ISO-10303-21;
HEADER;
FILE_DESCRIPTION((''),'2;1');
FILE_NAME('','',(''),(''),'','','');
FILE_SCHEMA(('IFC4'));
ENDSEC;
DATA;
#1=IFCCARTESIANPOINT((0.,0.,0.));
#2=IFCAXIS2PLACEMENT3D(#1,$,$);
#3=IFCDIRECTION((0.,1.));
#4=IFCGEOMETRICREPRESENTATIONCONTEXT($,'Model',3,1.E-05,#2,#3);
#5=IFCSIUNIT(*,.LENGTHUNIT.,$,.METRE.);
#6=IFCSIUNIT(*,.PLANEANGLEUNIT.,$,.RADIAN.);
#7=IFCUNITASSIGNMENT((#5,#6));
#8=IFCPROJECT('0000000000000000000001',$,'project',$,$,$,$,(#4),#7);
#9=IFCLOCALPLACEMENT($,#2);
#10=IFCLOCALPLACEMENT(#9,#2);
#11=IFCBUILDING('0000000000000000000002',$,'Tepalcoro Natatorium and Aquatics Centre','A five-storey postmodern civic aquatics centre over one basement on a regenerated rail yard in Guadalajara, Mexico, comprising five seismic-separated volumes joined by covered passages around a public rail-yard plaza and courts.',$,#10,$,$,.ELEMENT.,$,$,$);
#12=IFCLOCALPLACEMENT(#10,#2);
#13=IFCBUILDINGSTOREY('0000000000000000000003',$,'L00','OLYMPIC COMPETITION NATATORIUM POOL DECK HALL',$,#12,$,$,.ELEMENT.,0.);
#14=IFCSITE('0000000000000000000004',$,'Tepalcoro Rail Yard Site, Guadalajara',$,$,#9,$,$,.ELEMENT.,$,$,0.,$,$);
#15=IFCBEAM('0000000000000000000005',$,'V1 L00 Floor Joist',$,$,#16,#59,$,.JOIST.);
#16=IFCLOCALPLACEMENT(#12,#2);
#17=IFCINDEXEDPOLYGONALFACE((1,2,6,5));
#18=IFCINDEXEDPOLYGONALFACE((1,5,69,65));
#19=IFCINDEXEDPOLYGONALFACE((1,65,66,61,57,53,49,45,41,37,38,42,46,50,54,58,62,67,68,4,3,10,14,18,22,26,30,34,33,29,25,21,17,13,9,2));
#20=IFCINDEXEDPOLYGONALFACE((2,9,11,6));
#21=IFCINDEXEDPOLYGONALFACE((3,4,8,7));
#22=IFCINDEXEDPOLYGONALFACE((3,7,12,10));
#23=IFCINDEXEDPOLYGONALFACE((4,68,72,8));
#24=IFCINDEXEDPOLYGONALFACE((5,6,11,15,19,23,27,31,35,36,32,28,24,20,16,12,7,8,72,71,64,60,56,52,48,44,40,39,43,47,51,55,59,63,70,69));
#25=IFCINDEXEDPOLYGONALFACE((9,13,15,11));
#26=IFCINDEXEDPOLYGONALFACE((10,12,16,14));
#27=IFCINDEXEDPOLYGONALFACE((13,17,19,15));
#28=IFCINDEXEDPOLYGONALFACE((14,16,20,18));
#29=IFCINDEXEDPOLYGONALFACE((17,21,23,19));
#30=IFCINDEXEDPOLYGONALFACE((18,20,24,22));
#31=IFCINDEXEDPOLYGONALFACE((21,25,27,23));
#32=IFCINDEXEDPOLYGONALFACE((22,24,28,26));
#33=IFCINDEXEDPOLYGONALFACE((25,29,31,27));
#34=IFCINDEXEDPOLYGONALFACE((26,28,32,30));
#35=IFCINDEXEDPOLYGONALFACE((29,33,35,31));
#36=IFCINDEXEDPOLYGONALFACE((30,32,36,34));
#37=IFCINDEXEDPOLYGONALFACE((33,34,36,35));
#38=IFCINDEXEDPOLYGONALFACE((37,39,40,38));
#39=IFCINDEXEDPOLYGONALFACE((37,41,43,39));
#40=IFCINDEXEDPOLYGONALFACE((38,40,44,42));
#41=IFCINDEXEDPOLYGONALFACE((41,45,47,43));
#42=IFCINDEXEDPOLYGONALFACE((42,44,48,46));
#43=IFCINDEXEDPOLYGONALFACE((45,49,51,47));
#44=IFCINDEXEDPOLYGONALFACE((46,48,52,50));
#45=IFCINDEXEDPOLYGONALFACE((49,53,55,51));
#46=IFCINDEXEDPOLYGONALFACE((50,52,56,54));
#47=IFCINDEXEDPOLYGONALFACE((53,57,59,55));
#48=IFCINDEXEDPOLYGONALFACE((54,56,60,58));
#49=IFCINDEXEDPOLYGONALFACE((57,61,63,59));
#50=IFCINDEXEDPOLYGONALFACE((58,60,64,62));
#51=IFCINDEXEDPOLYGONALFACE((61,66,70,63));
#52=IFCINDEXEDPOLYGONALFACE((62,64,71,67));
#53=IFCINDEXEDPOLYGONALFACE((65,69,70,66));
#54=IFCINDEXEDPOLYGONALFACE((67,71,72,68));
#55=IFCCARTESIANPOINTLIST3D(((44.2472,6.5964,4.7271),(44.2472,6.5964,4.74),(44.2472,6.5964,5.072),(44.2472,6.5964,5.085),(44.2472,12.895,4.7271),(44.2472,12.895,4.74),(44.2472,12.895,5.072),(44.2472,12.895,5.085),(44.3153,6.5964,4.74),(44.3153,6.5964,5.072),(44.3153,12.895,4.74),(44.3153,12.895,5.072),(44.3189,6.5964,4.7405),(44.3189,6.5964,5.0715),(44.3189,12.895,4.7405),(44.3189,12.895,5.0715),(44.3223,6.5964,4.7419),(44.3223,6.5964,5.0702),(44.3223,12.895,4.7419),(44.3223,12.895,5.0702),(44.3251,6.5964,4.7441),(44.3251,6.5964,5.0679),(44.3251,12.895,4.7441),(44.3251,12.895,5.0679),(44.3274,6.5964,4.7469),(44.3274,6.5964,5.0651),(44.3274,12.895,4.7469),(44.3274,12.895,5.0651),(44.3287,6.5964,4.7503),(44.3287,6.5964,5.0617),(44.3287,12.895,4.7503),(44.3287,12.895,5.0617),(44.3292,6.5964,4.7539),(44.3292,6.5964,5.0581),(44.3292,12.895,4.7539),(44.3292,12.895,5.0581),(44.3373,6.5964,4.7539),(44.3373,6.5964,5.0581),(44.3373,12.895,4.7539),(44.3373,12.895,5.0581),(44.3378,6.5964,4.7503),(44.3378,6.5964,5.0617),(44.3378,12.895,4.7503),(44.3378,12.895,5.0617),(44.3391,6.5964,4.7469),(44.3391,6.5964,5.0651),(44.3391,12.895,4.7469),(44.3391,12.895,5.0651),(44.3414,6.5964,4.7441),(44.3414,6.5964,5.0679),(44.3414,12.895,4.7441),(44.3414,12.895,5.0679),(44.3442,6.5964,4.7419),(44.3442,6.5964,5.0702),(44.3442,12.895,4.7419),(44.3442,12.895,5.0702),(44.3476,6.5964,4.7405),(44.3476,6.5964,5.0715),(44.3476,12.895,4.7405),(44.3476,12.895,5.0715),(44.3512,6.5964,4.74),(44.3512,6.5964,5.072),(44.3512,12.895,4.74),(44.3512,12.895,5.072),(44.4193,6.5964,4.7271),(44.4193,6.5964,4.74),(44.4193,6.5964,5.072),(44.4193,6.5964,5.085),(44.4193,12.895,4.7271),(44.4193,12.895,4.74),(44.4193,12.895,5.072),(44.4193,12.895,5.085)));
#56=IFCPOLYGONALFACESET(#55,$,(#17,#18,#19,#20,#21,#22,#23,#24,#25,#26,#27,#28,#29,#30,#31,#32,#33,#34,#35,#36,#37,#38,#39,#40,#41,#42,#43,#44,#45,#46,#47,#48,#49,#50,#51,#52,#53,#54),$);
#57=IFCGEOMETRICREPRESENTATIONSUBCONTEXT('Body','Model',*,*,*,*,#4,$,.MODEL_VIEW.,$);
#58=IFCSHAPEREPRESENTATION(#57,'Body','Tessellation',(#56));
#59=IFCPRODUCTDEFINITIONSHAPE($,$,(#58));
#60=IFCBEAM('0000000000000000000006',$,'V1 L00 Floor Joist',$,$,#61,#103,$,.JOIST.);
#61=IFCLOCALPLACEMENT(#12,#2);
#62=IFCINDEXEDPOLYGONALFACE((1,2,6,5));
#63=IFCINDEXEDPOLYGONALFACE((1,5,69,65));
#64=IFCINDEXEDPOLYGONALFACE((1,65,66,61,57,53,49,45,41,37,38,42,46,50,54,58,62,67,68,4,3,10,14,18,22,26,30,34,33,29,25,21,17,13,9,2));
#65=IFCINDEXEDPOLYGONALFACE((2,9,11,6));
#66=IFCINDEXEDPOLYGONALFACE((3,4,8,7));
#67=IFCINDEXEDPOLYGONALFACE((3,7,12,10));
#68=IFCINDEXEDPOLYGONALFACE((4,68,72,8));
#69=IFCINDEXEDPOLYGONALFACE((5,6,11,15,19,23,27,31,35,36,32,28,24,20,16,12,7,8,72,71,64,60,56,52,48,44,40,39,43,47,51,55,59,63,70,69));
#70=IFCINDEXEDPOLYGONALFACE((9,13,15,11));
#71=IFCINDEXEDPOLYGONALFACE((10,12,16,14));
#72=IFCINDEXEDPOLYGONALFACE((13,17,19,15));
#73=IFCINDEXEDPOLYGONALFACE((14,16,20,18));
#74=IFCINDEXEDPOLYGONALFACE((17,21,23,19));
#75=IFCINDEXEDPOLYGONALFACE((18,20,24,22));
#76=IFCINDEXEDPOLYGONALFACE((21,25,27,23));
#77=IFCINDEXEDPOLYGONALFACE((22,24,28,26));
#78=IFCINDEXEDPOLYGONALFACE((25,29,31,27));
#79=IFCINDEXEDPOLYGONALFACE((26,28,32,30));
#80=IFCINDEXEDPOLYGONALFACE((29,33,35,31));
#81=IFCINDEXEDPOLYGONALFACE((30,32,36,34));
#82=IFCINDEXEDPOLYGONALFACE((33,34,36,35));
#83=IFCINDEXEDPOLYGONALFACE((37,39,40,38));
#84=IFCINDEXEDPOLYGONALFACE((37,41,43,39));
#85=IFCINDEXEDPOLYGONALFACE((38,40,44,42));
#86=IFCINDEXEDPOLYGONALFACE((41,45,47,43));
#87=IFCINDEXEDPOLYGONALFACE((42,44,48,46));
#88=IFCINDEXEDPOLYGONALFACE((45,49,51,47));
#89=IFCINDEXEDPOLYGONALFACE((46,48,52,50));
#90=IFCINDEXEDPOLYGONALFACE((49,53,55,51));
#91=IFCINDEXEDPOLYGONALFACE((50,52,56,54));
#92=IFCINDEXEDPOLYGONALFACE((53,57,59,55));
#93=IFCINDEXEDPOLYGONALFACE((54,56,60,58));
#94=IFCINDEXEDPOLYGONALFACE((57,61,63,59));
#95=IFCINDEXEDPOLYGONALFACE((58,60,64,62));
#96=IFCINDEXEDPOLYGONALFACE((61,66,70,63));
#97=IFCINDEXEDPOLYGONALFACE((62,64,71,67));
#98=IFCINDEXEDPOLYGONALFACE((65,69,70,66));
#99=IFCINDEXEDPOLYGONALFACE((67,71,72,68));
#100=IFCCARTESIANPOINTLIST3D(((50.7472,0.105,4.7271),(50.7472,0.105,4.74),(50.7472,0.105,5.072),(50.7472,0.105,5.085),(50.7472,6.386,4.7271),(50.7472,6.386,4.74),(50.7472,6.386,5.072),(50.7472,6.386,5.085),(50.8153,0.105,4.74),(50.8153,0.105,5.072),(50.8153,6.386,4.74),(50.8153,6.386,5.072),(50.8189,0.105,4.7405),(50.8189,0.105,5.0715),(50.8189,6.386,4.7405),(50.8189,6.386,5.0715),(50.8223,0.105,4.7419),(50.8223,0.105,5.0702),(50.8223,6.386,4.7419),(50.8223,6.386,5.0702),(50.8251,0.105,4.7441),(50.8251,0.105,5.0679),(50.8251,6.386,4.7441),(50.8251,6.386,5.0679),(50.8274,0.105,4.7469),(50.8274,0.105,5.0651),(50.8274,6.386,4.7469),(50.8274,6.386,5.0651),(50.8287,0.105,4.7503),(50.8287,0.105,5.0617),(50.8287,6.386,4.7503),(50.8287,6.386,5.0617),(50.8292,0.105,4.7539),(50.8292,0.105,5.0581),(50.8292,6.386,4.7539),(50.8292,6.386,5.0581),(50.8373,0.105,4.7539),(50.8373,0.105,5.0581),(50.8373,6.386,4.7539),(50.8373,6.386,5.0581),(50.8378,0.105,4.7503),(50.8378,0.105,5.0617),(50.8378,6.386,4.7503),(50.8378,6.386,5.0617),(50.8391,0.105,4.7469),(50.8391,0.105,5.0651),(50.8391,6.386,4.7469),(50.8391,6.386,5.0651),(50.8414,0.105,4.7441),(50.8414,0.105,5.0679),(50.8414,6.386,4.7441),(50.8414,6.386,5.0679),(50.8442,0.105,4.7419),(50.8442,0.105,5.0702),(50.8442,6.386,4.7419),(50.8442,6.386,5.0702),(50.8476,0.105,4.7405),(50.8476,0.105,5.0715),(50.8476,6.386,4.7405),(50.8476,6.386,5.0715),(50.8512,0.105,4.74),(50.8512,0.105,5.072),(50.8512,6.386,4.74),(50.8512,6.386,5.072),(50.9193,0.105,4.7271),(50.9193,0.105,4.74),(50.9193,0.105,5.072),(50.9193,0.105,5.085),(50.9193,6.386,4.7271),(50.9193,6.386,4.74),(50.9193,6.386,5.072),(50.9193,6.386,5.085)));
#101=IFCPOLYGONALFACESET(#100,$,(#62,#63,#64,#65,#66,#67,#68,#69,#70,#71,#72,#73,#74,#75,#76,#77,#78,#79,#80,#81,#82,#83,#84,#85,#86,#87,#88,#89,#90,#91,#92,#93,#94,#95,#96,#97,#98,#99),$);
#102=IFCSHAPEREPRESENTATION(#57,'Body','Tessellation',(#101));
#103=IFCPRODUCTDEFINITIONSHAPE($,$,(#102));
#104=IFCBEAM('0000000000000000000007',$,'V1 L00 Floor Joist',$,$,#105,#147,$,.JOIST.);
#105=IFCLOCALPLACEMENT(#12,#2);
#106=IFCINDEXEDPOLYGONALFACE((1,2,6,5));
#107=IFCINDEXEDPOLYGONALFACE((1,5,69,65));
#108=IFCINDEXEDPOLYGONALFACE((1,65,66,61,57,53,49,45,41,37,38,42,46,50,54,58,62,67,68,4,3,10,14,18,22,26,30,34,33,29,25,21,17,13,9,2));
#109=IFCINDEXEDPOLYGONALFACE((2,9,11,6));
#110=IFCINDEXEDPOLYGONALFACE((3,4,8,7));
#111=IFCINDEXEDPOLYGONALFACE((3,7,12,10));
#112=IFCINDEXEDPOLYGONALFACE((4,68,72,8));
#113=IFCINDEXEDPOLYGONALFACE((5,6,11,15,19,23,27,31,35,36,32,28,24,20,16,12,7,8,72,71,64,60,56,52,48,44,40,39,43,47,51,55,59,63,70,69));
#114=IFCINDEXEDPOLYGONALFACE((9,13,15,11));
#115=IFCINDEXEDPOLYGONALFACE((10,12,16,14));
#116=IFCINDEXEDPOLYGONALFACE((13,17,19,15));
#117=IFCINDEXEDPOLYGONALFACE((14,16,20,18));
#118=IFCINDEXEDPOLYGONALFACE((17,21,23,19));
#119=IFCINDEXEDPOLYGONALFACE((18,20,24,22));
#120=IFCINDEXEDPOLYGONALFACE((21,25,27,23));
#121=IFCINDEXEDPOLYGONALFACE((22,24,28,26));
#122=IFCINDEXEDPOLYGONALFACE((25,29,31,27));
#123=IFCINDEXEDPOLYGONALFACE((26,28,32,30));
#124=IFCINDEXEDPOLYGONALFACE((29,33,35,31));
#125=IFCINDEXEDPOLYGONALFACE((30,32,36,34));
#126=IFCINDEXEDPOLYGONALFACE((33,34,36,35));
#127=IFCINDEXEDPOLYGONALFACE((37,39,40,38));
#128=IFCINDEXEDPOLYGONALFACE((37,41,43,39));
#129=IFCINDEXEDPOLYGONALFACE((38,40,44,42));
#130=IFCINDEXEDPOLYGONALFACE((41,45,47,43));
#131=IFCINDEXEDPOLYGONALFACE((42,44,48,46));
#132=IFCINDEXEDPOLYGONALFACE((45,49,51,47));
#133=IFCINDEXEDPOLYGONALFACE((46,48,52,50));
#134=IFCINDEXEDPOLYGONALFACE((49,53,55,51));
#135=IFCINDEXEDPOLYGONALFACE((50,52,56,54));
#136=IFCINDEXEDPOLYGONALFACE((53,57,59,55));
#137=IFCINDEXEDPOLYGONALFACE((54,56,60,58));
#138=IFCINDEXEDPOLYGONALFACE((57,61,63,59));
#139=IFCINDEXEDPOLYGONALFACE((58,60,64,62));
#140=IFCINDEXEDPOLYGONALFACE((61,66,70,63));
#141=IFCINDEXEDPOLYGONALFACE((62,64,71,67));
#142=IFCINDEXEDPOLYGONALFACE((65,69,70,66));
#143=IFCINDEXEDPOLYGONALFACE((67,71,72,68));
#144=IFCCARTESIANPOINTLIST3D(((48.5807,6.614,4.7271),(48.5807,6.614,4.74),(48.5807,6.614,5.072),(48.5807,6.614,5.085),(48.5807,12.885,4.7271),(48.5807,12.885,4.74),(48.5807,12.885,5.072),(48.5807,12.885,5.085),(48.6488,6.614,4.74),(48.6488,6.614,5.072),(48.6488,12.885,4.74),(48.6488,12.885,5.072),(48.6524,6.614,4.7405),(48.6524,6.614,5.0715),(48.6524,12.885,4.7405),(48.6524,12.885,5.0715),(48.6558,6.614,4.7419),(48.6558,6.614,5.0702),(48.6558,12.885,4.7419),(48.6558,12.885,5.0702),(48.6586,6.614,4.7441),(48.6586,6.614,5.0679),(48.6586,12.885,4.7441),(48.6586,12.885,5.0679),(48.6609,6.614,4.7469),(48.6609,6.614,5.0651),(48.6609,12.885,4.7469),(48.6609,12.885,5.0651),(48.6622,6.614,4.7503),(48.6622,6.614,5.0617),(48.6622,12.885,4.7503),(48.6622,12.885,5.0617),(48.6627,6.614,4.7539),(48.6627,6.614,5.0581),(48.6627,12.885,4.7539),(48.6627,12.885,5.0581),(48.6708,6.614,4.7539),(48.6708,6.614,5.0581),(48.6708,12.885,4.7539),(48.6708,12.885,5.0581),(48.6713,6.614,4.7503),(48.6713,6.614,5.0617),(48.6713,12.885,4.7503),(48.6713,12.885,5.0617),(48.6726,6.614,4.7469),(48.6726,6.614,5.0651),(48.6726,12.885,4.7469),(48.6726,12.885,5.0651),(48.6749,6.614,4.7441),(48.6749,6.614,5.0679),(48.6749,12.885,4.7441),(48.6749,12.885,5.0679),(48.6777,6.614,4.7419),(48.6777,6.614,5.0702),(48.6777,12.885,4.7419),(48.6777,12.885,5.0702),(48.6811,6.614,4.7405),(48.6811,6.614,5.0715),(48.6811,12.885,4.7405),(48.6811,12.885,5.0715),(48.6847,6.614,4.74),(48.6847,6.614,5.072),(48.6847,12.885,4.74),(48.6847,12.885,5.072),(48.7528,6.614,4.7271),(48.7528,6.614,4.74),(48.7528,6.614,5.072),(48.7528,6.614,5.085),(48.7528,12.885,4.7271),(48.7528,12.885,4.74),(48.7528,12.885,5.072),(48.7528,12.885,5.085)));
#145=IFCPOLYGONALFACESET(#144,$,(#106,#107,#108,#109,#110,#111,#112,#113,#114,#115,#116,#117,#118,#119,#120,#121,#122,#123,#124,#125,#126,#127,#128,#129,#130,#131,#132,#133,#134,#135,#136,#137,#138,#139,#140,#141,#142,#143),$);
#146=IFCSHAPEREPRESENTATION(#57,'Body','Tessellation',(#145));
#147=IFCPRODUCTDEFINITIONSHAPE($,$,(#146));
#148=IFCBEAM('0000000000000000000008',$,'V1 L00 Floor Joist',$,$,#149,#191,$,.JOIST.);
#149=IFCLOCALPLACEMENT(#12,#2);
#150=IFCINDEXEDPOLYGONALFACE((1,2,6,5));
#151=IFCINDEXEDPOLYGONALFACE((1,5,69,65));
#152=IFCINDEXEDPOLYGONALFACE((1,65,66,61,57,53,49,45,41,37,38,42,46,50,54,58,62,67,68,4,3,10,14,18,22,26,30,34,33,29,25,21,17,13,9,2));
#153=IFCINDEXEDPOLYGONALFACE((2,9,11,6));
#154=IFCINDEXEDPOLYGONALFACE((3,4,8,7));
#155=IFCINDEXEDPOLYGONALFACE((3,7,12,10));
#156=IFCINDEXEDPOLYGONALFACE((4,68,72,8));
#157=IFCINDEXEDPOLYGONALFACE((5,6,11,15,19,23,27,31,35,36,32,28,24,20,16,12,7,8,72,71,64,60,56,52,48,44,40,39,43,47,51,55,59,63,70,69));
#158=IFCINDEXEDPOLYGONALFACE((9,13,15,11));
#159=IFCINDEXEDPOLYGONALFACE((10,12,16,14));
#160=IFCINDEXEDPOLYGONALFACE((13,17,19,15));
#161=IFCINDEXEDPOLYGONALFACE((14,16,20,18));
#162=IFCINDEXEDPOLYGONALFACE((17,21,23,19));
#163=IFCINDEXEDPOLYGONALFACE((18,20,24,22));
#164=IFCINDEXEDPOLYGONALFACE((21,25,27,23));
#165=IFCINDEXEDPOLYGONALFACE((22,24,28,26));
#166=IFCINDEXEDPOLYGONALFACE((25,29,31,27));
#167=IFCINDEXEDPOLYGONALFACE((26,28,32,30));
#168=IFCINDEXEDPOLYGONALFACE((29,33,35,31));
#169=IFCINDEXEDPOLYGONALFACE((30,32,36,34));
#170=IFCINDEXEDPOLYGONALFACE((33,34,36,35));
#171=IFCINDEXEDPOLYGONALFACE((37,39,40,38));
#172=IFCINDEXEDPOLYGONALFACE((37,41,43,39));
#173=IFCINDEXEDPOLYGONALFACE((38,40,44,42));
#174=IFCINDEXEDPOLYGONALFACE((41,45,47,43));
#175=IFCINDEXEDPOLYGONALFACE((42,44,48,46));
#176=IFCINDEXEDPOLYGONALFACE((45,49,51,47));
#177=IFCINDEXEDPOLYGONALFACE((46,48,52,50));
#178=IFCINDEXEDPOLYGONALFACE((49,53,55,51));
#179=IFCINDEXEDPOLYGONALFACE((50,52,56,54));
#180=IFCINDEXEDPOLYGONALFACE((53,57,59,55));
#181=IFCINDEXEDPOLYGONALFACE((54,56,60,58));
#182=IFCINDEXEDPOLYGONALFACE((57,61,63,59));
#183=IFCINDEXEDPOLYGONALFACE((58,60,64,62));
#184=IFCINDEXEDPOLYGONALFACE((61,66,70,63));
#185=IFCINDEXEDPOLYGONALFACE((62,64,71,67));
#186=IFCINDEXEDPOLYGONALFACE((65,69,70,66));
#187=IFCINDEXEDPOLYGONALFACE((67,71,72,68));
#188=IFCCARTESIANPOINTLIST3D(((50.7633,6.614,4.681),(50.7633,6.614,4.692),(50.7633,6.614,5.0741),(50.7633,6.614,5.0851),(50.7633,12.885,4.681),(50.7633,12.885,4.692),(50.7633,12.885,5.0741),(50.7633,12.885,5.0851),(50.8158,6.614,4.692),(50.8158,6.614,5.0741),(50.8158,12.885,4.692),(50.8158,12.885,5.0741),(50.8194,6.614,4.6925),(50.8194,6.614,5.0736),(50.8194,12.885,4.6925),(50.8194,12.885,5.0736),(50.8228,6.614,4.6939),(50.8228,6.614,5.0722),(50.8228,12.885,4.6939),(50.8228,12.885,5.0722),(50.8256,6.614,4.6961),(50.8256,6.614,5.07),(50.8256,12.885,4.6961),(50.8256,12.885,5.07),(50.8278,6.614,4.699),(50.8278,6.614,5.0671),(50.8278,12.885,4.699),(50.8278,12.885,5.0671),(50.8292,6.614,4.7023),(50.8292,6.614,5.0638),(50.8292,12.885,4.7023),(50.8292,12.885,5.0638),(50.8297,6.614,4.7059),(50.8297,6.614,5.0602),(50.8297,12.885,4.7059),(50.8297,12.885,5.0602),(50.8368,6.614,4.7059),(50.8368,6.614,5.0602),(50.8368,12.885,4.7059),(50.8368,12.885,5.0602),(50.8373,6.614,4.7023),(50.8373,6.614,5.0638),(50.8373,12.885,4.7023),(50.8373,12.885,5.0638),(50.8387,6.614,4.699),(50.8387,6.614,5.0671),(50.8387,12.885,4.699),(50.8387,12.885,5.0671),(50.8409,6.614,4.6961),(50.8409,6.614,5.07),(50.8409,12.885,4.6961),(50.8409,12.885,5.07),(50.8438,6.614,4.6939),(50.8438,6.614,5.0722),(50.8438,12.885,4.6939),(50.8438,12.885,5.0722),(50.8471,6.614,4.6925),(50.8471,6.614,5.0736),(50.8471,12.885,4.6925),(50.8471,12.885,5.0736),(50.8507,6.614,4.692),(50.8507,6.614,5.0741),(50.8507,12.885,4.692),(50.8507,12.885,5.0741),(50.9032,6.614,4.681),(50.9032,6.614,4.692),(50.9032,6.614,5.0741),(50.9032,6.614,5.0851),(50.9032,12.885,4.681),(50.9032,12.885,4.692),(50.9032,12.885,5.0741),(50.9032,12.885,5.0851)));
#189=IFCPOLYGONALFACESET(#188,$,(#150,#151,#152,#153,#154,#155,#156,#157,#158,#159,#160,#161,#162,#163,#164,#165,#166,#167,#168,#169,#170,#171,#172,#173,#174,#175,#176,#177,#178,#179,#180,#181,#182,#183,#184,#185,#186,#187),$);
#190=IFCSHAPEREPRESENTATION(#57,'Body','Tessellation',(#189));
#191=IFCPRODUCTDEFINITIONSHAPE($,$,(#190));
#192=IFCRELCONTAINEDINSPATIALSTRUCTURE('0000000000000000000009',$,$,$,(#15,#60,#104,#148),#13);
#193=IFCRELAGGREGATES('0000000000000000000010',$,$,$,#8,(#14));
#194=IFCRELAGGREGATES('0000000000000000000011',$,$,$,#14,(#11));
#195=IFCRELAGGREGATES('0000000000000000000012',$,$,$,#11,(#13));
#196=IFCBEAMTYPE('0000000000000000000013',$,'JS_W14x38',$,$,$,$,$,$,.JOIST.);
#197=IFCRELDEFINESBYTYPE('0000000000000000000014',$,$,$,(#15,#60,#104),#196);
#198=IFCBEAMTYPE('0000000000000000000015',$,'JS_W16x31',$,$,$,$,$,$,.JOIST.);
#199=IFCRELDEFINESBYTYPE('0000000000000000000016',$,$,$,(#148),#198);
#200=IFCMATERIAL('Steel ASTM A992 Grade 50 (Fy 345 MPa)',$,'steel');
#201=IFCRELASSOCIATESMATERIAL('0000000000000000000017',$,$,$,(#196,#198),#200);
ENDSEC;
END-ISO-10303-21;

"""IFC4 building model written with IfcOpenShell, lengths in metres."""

from ifc_helpers import new_model, si_unit, direction, frame, origin, origin_2d, place, context, subcontext, project, spatial, i_section, extrude, material, material_profile, profile_set, type_object, element, save


model = new_model("IFC4")

# Units and contexts
model_context = context("Model", 3, precision=1e-05, world=origin(), true_north=direction((0.0, 1.0)))
body_context = subcontext(model_context, "Body", "Model", "MODEL_VIEW")
ifc_project = project(units=[si_unit("LENGTHUNIT", "METRE"), si_unit("PLANEANGLEUNIT", "RADIAN")], contexts=[model_context])

# Site, building, storey
site_placement = place(None, origin())
site = spatial("IfcSite", under=ifc_project, at=site_placement, Name="Tepalcoro Rail Yard Site, Guadalajara", CompositionType="ELEMENT", RefElevation=0.0)
building_placement = place(site_placement, origin())
building = spatial("IfcBuilding", under=site, at=building_placement, Name="Tepalcoro Natatorium and Aquatics Centre", Description="A five-storey postmodern civic aquatics centre over one basement on a regenerated rail yard in Guadalajara, Mexico, comprising five seismic-separated volumes joined by covered passages around a public rail-yard plaza and courts.", CompositionType="ELEMENT")
storey_placement = place(building_placement, origin())
storey = spatial("IfcBuildingStorey", under=building, at=storey_placement, Name="L00", Description="OLYMPIC COMPETITION NATATORIUM POOL DECK HALL", CompositionType="ELEMENT", Elevation=0.0)

# Beams
ifc_material_1 = material(Name="Steel ASTM A992 Grade 50 (Fy 345 MPa)", Category="steel")
ifc_material_profile_1 = material_profile(ifc_material_1, i_section(OverallWidth=0.1721, OverallDepth=0.3579, WebThickness=0.0081, FlangeThickness=0.0129, FilletRadius=0.0139, at=origin_2d()), Name="W14X38")
ifc_profile_set_1 = profile_set([ifc_material_profile_1], Name="Steel ASTM A992 Grade 50 (Fy 345 MPa)")
beam_type_1 = type_object("IfcBeamType", Name="JS_W14x38", PredefinedType="JOIST", material=ifc_profile_set_1)
beam_1_placement = place(storey_placement, frame((44.3333, 6.5964, 4.906), z_axis=(0.0, 1.0, 0.0), x_axis=(-1.0, 0.0, 0.0)))
element("IfcBeam", 1, at=beam_1_placement, inside=storey, type_object=beam_type_1, Name="V1 L00 Floor Joist", PredefinedType="JOIST", context=body_context, shape_type="SweptSolid", body=[
    extrude(i_section(OverallWidth=0.1721, OverallDepth=0.3579, WebThickness=0.0081, FlangeThickness=0.0129, FilletRadius=0.0139, at=origin_2d()), origin(), (0.0, 0.0, 1.0), 6.2986),
])
beam_2_placement = place(storey_placement, frame((50.8333, 0.105, 4.906), z_axis=(0.0, 1.0, 0.0), x_axis=(-1.0, 0.0, 0.0)))
element("IfcBeam", 2, at=beam_2_placement, inside=storey, type_object=beam_type_1, Name="V1 L00 Floor Joist", PredefinedType="JOIST", context=body_context, shape_type="SweptSolid", body=[
    extrude(i_section(OverallWidth=0.1721, OverallDepth=0.3579, WebThickness=0.0081, FlangeThickness=0.0129, FilletRadius=0.0139, at=origin_2d()), origin(), (0.0, 0.0, 1.0), 6.281),
])
beam_3_placement = place(storey_placement, frame((48.6667, 6.614, 4.906), z_axis=(0.0, 1.0, 0.0), x_axis=(-1.0, 0.0, 0.0)))
element("IfcBeam", 3, at=beam_3_placement, inside=storey, type_object=beam_type_1, Name="V1 L00 Floor Joist", PredefinedType="JOIST", context=body_context, shape_type="SweptSolid", body=[
    extrude(i_section(OverallWidth=0.1721, OverallDepth=0.3579, WebThickness=0.0081, FlangeThickness=0.0129, FilletRadius=0.0139, at=origin_2d()), origin(), (0.0, 0.0, 1.0), 6.271),
])
ifc_material_profile_2 = material_profile(ifc_material_1, i_section(OverallWidth=0.1399, OverallDepth=0.4041, WebThickness=0.0071, FlangeThickness=0.011, FilletRadius=0.0139, at=origin_2d()), Name="W16X31")
ifc_profile_set_2 = profile_set([ifc_material_profile_2], Name="Steel ASTM A992 Grade 50 (Fy 345 MPa)")
beam_type_2 = type_object("IfcBeamType", Name="JS_W16x31", PredefinedType="JOIST", material=ifc_profile_set_2)
beam_4_placement = place(storey_placement, frame((50.8333, 6.614, 4.8831), z_axis=(0.0, 1.0, 0.0), x_axis=(-1.0, 0.0, 0.0)))
element("IfcBeam", 4, at=beam_4_placement, inside=storey, type_object=beam_type_2, Name="V1 L00 Floor Joist", PredefinedType="JOIST", context=body_context, shape_type="SweptSolid", body=[
    extrude(i_section(OverallWidth=0.1399, OverallDepth=0.4041, WebThickness=0.0071, FlangeThickness=0.011, FilletRadius=0.0139, at=origin_2d()), origin(), (0.0, 0.0, 1.0), 6.271),
])

save(model, "model.ifc")
